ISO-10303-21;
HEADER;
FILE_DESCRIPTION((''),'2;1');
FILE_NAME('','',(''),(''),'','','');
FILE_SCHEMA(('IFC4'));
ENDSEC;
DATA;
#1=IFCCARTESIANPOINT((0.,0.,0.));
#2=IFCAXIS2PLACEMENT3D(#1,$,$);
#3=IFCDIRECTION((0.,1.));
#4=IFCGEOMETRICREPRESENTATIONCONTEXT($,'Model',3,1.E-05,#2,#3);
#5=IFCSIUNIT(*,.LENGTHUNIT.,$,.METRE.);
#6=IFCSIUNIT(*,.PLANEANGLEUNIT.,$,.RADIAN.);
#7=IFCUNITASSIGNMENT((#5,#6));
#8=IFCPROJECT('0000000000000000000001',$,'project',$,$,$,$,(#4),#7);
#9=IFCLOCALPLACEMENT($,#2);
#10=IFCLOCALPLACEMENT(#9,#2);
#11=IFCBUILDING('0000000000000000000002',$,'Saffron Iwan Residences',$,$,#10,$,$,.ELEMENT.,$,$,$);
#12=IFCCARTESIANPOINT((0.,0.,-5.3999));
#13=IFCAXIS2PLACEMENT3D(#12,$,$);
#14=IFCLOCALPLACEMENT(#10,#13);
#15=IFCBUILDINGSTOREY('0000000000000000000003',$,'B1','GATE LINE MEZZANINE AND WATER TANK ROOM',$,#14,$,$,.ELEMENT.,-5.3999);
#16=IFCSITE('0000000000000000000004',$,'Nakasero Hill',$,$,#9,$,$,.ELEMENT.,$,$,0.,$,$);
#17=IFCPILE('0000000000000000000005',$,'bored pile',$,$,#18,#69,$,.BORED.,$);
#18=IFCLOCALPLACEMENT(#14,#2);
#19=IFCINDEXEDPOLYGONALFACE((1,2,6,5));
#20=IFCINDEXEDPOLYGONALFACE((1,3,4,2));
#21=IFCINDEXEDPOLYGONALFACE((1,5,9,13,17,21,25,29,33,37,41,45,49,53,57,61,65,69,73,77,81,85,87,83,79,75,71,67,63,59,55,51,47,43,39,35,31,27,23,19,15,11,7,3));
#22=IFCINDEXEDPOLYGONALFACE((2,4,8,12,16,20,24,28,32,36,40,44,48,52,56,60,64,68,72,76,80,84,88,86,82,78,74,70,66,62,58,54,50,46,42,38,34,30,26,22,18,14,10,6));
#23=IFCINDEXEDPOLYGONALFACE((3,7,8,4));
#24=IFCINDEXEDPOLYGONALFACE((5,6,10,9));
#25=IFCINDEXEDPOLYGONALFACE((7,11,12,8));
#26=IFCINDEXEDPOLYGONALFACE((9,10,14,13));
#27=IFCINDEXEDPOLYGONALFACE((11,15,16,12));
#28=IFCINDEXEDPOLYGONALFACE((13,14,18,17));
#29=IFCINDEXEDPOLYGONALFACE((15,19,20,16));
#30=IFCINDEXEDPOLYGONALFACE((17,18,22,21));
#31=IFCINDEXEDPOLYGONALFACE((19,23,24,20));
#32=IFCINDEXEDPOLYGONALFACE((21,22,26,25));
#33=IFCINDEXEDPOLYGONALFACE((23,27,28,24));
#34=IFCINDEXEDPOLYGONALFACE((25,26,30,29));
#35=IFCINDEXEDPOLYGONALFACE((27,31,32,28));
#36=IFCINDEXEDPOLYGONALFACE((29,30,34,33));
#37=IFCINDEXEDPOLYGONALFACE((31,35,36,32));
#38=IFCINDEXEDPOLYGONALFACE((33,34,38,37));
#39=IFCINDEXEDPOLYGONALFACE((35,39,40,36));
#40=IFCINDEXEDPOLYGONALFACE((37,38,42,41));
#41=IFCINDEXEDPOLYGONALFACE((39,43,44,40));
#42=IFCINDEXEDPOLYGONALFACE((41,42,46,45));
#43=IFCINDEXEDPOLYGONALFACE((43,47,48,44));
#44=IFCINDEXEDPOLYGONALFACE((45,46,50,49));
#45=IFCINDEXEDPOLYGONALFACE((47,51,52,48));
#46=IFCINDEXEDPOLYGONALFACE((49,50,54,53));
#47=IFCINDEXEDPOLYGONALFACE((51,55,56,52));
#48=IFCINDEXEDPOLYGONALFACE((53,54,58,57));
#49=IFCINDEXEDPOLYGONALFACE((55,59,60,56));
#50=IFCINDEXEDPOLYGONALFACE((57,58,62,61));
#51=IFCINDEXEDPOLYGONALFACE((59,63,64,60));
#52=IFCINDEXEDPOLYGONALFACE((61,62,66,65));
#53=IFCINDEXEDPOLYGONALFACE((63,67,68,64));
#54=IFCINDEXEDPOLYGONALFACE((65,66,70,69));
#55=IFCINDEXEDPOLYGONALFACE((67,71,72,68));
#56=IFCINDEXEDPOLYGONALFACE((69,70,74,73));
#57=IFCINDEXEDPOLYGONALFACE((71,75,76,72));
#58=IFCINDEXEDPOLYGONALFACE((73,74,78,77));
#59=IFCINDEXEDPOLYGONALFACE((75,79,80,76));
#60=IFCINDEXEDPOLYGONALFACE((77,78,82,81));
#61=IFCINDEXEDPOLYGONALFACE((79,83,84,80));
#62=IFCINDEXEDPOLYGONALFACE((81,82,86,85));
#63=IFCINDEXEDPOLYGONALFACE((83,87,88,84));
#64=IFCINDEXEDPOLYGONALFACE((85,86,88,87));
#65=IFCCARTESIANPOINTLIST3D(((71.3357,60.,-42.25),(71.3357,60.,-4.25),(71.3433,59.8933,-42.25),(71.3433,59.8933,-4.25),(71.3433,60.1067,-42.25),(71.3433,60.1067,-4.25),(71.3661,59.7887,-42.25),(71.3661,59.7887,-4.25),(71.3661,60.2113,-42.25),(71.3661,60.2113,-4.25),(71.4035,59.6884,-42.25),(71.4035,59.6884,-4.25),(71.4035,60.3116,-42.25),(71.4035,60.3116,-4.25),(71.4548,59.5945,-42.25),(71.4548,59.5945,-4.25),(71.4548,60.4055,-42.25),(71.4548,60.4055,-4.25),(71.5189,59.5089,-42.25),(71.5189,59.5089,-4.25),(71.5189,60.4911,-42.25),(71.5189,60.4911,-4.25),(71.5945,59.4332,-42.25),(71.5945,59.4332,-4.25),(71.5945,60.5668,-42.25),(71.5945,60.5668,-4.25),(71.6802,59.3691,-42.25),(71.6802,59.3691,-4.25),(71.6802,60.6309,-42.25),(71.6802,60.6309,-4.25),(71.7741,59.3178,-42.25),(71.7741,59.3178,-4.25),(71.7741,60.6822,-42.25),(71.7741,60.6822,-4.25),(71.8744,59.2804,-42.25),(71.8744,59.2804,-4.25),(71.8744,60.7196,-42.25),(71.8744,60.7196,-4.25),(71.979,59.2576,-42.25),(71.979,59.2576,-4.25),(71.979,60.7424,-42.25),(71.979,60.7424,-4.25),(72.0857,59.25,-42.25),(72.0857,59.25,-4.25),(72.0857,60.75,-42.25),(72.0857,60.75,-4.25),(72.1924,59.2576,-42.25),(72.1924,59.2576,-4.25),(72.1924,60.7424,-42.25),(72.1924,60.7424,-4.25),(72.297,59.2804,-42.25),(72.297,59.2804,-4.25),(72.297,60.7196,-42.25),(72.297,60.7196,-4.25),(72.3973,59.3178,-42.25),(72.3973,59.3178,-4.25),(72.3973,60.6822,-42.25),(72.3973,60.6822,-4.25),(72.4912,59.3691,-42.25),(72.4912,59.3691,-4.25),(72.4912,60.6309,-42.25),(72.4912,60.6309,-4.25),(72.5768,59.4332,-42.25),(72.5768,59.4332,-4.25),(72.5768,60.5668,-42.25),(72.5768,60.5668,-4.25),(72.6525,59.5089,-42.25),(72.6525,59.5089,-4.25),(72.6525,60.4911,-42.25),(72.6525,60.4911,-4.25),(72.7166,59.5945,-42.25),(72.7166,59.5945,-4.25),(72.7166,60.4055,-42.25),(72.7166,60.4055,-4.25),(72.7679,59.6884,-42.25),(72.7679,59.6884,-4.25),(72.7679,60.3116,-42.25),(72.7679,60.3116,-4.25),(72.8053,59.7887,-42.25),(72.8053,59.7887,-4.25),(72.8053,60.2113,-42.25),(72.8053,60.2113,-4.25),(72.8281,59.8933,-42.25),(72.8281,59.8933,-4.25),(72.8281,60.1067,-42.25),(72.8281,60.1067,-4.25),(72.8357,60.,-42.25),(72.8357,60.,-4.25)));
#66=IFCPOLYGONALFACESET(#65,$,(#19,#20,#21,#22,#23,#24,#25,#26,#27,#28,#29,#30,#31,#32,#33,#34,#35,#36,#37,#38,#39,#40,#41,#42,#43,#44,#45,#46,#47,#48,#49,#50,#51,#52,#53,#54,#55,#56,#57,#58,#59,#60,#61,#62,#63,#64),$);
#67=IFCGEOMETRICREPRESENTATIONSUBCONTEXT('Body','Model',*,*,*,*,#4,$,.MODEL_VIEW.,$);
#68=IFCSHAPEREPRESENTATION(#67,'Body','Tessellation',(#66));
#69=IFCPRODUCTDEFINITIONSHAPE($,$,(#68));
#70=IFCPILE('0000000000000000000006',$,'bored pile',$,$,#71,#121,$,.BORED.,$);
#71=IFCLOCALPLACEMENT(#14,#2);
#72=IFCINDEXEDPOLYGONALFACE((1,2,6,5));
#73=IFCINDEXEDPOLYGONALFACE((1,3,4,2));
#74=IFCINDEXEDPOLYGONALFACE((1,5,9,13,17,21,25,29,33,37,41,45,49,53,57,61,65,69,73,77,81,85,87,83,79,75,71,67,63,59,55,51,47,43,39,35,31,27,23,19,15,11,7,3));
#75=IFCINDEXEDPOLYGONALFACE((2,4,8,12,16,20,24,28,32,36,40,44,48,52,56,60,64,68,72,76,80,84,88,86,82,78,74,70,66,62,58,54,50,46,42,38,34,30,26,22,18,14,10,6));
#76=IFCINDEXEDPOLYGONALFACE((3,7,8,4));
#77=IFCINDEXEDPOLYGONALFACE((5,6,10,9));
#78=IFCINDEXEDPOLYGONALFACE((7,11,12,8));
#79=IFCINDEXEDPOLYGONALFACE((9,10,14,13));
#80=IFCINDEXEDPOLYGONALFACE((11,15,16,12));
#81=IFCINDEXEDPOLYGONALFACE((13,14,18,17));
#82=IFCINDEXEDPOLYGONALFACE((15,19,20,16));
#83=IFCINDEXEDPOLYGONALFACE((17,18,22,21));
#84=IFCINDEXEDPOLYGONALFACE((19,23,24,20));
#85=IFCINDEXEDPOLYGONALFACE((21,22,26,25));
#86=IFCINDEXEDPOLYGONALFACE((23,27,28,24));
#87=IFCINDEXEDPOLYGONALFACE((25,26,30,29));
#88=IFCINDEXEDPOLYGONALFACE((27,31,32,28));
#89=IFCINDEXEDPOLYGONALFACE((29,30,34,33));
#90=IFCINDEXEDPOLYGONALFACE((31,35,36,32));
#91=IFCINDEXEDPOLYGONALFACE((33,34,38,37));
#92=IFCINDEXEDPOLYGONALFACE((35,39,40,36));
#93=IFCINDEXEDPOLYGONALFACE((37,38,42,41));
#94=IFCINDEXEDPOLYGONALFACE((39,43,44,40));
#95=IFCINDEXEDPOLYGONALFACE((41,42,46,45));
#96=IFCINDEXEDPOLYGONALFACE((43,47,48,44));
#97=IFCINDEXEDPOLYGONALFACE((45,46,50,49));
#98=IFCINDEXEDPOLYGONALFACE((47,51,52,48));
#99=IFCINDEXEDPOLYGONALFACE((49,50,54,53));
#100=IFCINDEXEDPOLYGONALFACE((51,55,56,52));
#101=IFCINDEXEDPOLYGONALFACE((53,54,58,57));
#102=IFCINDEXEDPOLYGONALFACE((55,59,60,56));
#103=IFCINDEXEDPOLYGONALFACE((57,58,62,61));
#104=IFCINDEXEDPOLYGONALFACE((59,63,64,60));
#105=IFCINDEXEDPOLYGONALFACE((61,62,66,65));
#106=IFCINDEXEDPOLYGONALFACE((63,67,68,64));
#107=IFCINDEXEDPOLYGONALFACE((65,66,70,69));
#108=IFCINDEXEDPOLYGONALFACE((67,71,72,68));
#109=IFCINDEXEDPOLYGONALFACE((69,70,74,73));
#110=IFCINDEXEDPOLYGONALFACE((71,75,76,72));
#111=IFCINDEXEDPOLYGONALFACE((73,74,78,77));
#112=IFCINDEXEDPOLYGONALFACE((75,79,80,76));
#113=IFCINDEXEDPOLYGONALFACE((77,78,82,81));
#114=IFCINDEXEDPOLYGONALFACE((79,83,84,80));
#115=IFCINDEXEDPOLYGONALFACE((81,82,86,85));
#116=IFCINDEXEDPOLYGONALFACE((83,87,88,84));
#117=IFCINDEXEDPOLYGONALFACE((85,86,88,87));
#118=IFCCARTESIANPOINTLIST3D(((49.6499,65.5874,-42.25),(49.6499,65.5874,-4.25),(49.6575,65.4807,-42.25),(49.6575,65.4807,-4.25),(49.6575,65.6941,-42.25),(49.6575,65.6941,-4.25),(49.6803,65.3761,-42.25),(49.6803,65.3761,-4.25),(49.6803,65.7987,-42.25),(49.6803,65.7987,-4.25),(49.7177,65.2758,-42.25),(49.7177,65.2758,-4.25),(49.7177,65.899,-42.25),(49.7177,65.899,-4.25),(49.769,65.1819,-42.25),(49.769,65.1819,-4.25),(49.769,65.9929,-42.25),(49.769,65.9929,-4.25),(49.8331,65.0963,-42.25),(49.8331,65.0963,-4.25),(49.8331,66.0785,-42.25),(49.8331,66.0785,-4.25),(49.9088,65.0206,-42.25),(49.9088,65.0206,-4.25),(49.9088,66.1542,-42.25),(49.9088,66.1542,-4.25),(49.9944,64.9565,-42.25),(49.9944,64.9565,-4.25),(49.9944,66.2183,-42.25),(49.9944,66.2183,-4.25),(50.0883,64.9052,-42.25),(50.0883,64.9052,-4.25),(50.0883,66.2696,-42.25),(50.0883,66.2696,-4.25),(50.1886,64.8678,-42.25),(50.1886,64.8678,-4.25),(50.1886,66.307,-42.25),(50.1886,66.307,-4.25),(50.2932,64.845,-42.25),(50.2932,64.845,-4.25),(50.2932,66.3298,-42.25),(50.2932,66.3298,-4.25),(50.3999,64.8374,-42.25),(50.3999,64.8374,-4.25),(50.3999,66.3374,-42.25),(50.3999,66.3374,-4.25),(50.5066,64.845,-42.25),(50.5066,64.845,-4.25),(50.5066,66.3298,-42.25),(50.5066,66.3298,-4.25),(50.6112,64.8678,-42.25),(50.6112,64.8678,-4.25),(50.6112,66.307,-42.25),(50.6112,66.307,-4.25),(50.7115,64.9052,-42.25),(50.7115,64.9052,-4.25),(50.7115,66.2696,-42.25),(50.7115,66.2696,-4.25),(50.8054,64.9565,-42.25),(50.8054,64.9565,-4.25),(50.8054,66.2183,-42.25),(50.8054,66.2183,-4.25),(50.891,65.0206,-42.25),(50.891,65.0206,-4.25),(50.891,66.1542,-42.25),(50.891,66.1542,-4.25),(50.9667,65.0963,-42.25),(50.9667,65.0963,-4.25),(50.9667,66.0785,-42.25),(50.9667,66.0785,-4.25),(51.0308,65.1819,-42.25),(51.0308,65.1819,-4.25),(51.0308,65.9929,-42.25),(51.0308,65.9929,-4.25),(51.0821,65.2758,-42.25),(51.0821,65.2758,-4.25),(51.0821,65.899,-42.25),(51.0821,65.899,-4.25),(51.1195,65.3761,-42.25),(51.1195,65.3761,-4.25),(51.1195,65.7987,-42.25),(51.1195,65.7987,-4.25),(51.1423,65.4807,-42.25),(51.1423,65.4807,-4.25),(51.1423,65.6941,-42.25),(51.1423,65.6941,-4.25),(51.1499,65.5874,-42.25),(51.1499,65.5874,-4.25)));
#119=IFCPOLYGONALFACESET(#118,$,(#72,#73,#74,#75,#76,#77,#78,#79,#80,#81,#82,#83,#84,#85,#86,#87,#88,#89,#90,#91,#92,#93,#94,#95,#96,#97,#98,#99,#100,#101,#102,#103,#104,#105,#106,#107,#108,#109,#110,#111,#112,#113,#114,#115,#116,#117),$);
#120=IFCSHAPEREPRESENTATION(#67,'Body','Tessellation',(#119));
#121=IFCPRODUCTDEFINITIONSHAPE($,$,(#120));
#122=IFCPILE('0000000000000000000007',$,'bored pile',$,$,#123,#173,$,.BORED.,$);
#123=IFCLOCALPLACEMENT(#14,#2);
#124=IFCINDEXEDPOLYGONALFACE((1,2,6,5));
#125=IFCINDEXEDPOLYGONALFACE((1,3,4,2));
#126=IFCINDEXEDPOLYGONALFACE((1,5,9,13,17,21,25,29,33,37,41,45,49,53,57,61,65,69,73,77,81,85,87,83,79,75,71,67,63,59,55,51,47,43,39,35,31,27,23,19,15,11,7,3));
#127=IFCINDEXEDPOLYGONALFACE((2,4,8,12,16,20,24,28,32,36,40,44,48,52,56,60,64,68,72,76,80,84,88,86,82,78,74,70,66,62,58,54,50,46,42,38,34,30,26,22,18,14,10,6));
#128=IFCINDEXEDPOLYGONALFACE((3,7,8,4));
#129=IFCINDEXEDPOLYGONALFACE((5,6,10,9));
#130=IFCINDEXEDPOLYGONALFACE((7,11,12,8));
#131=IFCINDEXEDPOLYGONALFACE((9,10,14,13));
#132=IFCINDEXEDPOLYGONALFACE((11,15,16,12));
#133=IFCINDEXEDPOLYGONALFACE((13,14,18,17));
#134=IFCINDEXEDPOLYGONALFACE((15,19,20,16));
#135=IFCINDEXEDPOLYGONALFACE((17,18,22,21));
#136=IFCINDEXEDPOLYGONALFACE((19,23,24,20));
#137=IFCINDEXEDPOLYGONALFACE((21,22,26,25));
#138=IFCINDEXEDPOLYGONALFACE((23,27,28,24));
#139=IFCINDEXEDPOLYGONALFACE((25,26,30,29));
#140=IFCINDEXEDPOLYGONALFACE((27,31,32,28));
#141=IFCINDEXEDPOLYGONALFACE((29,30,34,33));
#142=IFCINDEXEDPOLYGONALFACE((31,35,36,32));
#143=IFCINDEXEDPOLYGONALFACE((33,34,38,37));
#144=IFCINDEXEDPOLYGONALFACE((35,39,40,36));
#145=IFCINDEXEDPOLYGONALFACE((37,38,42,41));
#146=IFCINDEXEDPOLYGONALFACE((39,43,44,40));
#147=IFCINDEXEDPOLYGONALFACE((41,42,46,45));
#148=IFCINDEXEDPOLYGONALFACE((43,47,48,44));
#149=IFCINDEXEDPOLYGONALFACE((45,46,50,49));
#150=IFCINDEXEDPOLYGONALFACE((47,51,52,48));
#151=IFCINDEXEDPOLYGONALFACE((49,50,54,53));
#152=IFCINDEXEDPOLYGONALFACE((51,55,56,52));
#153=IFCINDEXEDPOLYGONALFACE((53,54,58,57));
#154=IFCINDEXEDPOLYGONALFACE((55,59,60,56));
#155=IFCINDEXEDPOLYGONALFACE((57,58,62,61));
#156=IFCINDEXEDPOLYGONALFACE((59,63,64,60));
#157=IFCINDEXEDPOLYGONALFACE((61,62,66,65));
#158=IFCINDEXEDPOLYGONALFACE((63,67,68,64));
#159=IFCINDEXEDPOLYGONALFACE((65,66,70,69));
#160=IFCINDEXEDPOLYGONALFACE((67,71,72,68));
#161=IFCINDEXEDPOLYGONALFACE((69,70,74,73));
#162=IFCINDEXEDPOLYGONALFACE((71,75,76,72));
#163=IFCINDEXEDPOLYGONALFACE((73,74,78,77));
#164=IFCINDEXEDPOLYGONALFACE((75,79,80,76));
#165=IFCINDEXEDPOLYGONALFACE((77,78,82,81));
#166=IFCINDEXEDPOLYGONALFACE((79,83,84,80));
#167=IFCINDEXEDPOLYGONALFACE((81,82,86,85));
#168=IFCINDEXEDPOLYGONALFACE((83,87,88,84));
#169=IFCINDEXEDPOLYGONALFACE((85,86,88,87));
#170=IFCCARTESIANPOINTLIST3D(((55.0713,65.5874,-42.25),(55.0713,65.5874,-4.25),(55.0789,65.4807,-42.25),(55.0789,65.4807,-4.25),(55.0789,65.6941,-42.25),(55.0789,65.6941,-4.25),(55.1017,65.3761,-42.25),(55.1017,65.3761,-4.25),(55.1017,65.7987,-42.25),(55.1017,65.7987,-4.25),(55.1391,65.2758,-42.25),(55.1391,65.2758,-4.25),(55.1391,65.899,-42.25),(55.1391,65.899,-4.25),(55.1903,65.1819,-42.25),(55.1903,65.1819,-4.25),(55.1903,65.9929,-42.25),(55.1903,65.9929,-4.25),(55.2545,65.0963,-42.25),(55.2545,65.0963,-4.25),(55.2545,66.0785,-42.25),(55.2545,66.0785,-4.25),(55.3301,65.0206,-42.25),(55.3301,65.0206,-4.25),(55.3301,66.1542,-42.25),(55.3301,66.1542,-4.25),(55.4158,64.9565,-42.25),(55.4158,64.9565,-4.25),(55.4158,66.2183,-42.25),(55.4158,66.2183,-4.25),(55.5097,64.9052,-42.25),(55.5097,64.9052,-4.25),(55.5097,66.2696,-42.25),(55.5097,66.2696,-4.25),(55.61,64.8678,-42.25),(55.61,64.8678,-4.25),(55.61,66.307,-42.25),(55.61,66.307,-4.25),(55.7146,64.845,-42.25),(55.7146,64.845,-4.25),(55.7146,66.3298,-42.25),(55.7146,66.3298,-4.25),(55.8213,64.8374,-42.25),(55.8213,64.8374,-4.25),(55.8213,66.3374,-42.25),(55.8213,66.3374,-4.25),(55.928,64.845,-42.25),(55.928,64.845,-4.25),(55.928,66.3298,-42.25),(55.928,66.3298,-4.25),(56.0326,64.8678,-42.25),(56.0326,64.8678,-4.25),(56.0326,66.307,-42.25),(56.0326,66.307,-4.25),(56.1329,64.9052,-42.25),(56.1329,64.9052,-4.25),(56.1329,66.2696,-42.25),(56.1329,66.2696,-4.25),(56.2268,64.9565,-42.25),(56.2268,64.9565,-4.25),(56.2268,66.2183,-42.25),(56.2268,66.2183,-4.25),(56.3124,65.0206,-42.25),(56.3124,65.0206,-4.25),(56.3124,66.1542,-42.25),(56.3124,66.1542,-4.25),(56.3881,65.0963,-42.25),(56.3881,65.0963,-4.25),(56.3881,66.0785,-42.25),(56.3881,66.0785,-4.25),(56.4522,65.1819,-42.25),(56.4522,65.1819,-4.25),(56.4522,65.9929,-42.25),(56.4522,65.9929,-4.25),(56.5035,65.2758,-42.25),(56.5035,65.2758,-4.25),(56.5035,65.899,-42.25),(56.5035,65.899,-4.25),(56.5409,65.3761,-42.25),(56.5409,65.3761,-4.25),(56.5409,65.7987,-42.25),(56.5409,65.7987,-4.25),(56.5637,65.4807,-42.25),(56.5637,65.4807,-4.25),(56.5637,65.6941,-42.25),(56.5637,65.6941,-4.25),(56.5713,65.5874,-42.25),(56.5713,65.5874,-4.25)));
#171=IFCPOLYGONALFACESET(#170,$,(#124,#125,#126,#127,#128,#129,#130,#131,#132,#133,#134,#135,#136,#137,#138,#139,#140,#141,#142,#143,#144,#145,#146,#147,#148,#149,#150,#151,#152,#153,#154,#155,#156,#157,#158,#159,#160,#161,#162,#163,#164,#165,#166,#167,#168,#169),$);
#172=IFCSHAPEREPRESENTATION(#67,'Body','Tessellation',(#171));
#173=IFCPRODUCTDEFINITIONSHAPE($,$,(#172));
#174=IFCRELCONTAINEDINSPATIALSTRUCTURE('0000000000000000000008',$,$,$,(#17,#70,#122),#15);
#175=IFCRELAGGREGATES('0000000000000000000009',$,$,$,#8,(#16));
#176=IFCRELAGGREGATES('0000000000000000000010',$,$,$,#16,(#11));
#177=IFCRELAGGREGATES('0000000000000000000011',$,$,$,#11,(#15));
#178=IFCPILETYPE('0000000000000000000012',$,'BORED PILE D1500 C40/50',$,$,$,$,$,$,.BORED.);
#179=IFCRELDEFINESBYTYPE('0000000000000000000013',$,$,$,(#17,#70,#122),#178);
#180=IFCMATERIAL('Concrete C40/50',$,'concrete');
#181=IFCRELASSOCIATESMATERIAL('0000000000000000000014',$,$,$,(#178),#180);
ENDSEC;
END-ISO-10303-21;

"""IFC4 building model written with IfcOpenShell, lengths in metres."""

from ifc_helpers import new_model, si_unit, direction, frame, origin, origin_2d, place, context, subcontext, project, spatial, circle, extrude, material, material_profile, profile_set, type_object, element, save


model = new_model("IFC4")

# Units and contexts
model_context = context("Model", 3, precision=1e-05, world=origin(), true_north=direction((0.0, 1.0)))
body_context = subcontext(model_context, "Body", "Model", "MODEL_VIEW")
ifc_project = project(units=[si_unit("LENGTHUNIT", "METRE"), si_unit("PLANEANGLEUNIT", "RADIAN")], contexts=[model_context])

# Site, building, storey
site_placement = place(None, origin())
site = spatial("IfcSite", under=ifc_project, at=site_placement, Name="Nakasero Hill", CompositionType="ELEMENT", RefElevation=0.0)
building_placement = place(site_placement, origin())
building = spatial("IfcBuilding", under=site, at=building_placement, Name="Saffron Iwan Residences", CompositionType="ELEMENT")
storey_placement = place(building_placement, frame((0.0, 0.0, -5.3999)))
storey = spatial("IfcBuildingStorey", under=building, at=storey_placement, Name="B1", Description="GATE LINE MEZZANINE AND WATER TANK ROOM", CompositionType="ELEMENT", Elevation=-5.3999)

# Piles
ifc_material_1 = material(Name="Concrete C40/50", Category="concrete")
ifc_material_profile = material_profile(ifc_material_1, circle(Radius=0.75, at=origin_2d()), Name="RC D1500")
ifc_profile_set = profile_set([ifc_material_profile], Name="Concrete C40/50")
pile_type = type_object("IfcPileType", Name="BORED PILE D1500 C40/50", PredefinedType="BORED", material=ifc_profile_set)
for number, where, z_axis, x_axis, name in (
    (1, (72.0857, 60.0, -4.25), (0.0, 0.0, -1.0), (1.0, 0.0, 0.0), "bored pile"),
    (2, (50.3999, 65.5874, -4.25), (0.0, 0.0, -1.0), (1.0, 0.0, 0.0), "bored pile"),
    (3, (55.8213, 65.5874, -4.25), (0.0, 0.0, -1.0), (1.0, 0.0, 0.0), "bored pile"),
):
    element("IfcPile", number, at=place(storey_placement, frame(where, z_axis=z_axis, x_axis=x_axis)), inside=storey, type_object=pile_type, Name=name, PredefinedType="BORED", context=body_context, shape_type="SweptSolid", body=[
        extrude(circle(Radius=0.75, at=origin_2d()), origin(), (0.0, 0.0, 1.0), 38.0),
    ])

save(model, "model.ifc")
